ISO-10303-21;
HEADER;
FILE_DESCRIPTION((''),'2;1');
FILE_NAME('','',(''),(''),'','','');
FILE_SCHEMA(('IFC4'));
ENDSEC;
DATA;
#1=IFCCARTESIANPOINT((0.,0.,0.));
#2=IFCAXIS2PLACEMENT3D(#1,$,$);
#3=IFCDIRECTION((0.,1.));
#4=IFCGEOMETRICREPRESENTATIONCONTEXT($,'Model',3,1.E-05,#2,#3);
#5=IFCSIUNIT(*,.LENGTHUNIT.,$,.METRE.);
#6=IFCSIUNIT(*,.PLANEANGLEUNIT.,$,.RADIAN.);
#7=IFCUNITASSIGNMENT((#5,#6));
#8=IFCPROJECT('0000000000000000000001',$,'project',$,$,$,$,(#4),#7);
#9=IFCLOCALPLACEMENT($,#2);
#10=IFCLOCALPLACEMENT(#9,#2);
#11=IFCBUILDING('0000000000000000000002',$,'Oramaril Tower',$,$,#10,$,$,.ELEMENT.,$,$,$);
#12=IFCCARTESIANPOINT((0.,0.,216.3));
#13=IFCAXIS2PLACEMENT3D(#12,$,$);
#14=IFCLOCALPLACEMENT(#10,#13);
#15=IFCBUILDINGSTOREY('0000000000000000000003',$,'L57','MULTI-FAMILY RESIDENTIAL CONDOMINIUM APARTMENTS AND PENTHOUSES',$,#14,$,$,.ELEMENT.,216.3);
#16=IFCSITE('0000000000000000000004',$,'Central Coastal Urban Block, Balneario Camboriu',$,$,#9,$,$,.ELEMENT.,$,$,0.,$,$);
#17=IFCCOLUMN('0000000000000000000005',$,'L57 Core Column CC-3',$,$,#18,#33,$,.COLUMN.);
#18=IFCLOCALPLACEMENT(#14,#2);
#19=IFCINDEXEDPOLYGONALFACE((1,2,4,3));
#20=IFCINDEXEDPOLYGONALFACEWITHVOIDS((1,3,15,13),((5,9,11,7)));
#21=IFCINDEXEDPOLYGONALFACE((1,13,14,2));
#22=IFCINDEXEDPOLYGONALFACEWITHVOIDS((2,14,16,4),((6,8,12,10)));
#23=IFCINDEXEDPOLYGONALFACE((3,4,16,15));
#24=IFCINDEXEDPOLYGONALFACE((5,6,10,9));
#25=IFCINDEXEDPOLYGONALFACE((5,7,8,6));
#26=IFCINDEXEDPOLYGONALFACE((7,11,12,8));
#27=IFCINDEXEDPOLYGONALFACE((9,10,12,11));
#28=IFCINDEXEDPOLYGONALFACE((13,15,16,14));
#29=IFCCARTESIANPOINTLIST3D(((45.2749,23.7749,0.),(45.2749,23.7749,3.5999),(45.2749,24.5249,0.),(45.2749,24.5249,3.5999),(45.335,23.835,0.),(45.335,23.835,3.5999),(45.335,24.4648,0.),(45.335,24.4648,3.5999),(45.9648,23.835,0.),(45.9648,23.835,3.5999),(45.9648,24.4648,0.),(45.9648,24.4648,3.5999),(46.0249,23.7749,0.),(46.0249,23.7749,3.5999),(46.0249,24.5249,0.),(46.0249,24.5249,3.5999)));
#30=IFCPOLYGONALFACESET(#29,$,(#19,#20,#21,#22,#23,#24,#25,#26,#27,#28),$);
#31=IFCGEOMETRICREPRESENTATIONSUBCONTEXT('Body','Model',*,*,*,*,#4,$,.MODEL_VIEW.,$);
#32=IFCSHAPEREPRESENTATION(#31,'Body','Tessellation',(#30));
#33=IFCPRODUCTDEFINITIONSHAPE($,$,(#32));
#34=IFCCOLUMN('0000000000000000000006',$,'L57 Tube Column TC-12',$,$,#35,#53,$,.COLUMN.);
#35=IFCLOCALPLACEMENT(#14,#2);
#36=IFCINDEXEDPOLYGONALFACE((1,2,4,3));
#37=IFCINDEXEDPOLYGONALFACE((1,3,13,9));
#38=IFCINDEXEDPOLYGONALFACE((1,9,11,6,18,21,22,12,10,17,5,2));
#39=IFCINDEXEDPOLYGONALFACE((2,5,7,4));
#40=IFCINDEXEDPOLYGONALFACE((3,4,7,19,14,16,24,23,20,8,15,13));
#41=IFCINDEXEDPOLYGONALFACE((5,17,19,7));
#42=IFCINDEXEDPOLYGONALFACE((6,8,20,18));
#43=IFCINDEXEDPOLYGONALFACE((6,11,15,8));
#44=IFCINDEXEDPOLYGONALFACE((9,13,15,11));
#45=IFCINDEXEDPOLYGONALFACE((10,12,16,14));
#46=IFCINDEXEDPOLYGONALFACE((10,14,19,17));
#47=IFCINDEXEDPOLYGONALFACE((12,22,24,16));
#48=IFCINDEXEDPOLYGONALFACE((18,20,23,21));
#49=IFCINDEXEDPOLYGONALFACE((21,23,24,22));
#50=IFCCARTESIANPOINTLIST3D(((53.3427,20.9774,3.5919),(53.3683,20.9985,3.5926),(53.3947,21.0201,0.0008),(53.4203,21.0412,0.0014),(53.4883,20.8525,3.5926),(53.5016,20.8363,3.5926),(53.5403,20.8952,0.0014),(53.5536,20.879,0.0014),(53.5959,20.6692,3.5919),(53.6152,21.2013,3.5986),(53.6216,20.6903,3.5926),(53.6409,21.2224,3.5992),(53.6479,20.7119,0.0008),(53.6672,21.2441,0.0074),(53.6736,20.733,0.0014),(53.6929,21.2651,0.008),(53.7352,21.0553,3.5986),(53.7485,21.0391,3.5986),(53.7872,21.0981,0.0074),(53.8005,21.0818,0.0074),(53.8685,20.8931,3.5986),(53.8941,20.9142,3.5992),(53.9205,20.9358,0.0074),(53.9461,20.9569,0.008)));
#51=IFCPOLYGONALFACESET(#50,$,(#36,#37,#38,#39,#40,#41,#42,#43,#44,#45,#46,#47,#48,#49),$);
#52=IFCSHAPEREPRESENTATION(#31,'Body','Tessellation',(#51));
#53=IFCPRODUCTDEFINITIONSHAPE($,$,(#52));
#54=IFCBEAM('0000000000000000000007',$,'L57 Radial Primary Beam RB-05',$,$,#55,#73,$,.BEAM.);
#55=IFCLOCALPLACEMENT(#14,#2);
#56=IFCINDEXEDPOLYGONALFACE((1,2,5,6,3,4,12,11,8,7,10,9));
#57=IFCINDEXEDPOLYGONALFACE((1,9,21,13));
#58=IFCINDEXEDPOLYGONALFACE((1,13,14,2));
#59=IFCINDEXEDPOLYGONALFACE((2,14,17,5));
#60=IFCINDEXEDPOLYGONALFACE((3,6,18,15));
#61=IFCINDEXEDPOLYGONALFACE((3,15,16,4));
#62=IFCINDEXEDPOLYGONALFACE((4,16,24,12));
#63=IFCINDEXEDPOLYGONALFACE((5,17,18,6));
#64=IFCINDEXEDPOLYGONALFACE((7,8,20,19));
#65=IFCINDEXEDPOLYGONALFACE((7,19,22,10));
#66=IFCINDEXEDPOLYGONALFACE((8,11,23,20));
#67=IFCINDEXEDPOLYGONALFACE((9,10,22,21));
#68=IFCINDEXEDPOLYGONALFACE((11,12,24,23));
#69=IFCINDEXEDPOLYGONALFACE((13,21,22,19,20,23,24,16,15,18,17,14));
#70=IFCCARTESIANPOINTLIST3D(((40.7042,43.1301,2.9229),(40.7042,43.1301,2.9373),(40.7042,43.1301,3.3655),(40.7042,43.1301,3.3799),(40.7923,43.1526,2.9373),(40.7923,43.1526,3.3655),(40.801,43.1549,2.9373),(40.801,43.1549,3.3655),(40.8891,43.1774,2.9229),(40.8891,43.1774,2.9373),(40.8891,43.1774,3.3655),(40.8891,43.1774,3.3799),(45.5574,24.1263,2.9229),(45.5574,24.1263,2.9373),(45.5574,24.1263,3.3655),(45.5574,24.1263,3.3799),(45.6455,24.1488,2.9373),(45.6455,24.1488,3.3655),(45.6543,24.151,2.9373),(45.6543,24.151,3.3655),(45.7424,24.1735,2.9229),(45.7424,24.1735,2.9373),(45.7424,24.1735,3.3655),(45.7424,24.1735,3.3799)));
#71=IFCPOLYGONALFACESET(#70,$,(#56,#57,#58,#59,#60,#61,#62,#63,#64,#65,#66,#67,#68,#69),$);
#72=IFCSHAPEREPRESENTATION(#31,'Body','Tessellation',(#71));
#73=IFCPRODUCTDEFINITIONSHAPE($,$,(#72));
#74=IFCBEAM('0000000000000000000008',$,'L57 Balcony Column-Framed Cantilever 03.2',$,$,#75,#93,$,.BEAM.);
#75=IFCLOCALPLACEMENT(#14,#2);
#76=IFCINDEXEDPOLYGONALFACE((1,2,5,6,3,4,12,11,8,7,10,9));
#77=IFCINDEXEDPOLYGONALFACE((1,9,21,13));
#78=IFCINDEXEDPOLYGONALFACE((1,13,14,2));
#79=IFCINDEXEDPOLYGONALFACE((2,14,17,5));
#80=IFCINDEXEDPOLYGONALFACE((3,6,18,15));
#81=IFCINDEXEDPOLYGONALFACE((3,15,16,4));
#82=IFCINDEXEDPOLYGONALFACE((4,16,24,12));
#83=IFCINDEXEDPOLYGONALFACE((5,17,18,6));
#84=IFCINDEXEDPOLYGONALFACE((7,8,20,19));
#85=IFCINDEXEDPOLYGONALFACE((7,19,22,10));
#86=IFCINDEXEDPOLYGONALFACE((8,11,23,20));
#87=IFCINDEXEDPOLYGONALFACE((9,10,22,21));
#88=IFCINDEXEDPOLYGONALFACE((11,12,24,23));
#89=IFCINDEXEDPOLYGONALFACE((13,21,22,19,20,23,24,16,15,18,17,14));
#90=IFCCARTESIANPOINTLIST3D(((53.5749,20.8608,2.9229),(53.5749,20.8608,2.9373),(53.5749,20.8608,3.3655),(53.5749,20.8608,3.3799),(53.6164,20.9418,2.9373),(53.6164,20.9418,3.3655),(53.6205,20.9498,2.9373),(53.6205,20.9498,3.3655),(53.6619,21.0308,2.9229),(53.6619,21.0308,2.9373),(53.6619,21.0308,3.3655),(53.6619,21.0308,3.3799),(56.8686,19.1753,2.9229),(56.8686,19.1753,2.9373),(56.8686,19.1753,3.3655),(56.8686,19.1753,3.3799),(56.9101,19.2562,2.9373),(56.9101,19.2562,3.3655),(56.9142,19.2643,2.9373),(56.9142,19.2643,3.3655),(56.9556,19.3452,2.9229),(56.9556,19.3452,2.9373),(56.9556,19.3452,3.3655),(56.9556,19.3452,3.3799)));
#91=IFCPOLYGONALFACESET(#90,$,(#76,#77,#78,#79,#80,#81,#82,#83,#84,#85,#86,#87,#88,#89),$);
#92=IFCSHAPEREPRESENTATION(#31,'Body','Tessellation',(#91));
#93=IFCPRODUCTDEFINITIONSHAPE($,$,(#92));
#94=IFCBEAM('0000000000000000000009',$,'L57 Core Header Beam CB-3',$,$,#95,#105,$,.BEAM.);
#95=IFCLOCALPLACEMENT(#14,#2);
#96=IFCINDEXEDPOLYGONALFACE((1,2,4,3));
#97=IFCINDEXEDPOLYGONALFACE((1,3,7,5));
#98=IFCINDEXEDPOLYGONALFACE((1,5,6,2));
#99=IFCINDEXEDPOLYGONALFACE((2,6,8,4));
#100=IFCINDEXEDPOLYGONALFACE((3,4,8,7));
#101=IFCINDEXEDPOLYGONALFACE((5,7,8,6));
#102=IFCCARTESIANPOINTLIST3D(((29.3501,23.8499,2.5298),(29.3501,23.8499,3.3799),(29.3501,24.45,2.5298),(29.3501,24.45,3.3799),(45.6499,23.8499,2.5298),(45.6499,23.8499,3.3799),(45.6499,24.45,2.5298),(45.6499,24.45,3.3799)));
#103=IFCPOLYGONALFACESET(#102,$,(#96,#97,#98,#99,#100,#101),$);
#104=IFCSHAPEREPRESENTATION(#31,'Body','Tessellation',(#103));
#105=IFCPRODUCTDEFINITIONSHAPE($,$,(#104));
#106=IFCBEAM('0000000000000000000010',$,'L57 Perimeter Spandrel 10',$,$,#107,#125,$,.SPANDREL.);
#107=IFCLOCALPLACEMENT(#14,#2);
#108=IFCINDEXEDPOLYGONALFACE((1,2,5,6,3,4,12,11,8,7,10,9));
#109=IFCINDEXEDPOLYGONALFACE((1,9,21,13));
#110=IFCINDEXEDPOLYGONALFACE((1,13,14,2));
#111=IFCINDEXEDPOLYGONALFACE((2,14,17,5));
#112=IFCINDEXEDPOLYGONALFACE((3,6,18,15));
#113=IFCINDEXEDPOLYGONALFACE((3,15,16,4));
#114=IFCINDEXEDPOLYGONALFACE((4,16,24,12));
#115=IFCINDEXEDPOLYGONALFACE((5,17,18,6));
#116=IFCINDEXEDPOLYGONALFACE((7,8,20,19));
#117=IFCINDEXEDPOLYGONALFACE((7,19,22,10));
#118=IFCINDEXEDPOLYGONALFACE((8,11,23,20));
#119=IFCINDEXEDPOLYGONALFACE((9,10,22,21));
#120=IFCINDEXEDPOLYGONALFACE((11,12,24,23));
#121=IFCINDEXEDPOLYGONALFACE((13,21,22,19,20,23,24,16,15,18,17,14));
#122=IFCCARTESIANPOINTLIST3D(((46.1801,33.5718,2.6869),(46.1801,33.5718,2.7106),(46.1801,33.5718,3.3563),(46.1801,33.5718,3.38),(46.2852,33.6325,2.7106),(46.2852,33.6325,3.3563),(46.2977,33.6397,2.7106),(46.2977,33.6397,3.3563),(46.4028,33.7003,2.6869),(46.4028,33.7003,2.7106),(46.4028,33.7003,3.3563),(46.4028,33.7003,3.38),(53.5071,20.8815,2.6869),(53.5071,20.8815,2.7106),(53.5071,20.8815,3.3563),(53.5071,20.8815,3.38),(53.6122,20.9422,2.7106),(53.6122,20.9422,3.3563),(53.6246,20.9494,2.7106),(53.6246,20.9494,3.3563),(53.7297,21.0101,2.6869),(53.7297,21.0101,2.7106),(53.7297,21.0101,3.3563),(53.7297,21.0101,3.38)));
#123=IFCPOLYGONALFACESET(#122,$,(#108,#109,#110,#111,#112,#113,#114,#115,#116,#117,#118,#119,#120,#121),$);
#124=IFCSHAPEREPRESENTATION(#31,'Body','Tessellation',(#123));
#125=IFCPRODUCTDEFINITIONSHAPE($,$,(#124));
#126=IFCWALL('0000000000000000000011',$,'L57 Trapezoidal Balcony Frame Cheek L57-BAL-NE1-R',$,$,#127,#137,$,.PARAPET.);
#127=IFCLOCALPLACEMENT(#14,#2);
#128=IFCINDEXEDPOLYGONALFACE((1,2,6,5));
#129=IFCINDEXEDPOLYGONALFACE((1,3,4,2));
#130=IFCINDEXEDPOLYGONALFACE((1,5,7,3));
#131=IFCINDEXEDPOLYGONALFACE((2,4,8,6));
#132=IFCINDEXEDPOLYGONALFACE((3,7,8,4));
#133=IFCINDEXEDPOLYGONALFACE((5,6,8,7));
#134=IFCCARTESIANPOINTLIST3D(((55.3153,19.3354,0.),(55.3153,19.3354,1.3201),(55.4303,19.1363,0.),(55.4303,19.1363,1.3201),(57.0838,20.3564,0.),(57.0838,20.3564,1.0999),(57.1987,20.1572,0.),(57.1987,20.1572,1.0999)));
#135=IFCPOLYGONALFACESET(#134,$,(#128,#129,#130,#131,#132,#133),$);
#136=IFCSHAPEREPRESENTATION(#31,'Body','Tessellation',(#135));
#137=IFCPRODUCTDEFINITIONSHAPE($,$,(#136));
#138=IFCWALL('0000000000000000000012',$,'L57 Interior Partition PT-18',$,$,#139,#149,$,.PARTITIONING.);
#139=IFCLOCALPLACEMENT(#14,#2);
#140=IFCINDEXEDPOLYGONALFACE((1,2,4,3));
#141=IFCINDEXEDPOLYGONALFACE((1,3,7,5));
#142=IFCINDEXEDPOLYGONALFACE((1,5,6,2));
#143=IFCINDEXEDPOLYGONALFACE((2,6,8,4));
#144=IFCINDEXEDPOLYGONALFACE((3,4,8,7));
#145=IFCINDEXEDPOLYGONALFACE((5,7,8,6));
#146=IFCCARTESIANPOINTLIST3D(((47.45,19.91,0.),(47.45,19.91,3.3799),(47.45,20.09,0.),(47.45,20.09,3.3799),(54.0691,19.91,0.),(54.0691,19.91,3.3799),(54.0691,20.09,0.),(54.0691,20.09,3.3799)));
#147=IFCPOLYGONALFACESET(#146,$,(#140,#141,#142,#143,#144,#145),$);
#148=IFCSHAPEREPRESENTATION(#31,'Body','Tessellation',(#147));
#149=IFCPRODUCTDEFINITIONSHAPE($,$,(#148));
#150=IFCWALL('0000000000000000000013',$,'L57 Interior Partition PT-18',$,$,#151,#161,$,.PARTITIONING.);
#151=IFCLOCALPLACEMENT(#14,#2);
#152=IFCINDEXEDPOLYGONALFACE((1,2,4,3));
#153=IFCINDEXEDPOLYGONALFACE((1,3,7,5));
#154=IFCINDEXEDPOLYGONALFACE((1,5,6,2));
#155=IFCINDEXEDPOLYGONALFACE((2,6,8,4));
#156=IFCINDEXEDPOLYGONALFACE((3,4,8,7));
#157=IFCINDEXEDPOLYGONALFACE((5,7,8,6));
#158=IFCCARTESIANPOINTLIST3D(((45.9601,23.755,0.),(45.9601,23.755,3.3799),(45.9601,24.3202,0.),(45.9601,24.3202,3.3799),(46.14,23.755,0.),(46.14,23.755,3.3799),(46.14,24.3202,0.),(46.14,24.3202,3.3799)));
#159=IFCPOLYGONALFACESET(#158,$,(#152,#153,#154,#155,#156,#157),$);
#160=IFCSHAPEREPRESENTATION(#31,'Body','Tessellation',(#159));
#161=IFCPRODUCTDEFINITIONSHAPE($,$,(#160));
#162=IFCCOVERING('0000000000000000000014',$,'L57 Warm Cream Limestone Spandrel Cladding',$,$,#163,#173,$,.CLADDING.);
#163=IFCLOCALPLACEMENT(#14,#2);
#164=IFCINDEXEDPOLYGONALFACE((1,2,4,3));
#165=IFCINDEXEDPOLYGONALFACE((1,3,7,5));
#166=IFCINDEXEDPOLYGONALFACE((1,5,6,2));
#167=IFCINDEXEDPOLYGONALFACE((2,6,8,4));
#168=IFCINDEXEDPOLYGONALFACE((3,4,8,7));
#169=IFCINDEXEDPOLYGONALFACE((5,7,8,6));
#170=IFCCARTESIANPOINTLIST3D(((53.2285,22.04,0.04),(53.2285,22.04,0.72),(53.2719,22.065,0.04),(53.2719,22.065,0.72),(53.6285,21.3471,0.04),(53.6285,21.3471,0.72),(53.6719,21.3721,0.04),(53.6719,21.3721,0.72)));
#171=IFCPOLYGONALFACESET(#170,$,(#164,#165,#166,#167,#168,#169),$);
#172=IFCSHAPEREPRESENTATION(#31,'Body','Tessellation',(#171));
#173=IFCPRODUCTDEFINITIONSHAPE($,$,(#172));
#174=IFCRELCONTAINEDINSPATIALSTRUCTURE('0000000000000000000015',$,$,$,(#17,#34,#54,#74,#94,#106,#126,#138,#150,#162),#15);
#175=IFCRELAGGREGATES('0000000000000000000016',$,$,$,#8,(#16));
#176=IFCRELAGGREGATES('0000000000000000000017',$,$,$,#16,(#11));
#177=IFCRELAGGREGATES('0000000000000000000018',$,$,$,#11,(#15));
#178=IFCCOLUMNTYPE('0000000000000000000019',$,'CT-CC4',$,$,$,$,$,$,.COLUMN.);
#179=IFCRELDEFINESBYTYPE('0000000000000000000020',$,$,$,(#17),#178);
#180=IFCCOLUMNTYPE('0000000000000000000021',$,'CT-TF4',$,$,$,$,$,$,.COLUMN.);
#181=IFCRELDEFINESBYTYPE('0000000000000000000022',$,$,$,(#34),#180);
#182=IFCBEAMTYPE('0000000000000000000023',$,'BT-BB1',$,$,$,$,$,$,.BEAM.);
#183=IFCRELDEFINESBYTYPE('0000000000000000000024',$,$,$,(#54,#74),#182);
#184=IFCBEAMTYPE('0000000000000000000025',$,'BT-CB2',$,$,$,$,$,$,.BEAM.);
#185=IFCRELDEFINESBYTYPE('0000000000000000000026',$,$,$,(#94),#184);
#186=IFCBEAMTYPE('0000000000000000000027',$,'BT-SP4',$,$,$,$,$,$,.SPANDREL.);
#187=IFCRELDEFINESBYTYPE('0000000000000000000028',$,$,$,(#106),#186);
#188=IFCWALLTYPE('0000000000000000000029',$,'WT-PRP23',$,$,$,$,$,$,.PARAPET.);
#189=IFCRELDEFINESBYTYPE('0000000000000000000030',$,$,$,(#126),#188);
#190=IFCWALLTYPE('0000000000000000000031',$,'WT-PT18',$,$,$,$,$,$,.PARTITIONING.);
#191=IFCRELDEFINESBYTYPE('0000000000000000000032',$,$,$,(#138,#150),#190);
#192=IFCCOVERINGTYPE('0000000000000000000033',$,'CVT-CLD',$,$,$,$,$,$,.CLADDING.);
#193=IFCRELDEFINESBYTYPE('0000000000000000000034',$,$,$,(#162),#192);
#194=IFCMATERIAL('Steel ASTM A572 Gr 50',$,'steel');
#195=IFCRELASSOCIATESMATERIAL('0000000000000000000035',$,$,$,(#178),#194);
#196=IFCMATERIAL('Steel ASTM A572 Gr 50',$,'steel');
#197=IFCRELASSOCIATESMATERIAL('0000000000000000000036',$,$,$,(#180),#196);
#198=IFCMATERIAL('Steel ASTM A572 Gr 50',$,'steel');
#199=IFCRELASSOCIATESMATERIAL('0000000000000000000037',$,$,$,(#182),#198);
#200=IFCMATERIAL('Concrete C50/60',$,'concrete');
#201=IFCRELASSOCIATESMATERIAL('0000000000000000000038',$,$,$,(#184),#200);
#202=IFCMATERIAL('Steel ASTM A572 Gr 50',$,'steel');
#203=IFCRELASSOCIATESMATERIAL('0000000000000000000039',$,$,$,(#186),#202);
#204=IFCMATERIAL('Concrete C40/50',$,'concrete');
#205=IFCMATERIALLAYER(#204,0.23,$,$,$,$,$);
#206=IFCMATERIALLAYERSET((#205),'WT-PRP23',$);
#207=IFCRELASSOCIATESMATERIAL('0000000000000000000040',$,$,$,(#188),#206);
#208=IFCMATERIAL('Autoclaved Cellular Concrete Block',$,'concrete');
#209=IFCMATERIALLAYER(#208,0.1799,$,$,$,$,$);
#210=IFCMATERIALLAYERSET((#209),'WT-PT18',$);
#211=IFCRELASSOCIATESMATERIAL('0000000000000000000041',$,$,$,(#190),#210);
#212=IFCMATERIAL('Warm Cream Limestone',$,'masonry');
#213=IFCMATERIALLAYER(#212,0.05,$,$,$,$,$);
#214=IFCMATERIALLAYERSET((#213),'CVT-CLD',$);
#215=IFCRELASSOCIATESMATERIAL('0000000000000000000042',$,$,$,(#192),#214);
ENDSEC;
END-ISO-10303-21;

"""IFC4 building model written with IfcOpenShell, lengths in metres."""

from ifc_helpers import new_model, si_unit, direction, frame, frame_2d, origin, origin_2d, place, context, subcontext, project, spatial, polyline, rectangle, hollow_rectangle, i_section, outline, extrude, material, layer, layer_set, material_profile, profile_set, type_object, element, save


model = new_model("IFC4")

# Units and contexts
model_context = context("Model", 3, precision=1e-05, world=origin(), true_north=direction((0.0, 1.0)))
body_context = subcontext(model_context, "Body", "Model", "MODEL_VIEW")
ifc_project = project(units=[si_unit("LENGTHUNIT", "METRE"), si_unit("PLANEANGLEUNIT", "RADIAN")], contexts=[model_context])

# Site, building, storey
site_placement = place(None, origin())
site = spatial("IfcSite", under=ifc_project, at=site_placement, Name="Central Coastal Urban Block, Balneario Camboriu", CompositionType="ELEMENT", RefElevation=0.0)
building_placement = place(site_placement, origin())
building = spatial("IfcBuilding", under=site, at=building_placement, Name="Oramaril Tower", CompositionType="ELEMENT")
storey_placement = place(building_placement, frame((0.0, 0.0, 216.3)))
storey = spatial("IfcBuildingStorey", under=building, at=storey_placement, Name="L57", Description="MULTI-FAMILY RESIDENTIAL CONDOMINIUM APARTMENTS AND PENTHOUSES", CompositionType="ELEMENT", Elevation=216.3)

# Columns
ifc_material_1 = material(Name="Steel ASTM A572 Gr 50", Category="steel")
ifc_material_profile_1 = material_profile(ifc_material_1, hollow_rectangle(XDim=0.75, YDim=0.75, WallThickness=0.0601, at=origin_2d()), Name="BOX750X750X60")
ifc_profile_set_1 = profile_set([ifc_material_profile_1], Name="Steel ASTM A572 Gr 50")
column_type_1 = type_object("IfcColumnType", Name="CT-CC4", PredefinedType="COLUMN", material=ifc_profile_set_1)
column_1_placement = place(storey_placement, frame((45.6499, 24.1499, 0.0), z_axis=(0.0, 0.0, 1.0), x_axis=(1.0, 0.0, 0.0)))
element("IfcColumn", 1, at=column_1_placement, inside=storey, type_object=column_type_1, Name="L57 Core Column CC-3", PredefinedType="COLUMN", context=body_context, shape_type="SweptSolid", body=[
    extrude(hollow_rectangle(XDim=0.75, YDim=0.75, WallThickness=0.0601, at=origin_2d()), origin(), (0.0, 0.0, 1.0), 3.5999),
])
ifc_material_2 = material(Name="Steel ASTM A572 Gr 50", Category="steel")
ifc_material_profile_2 = material_profile(ifc_material_2, i_section(OverallWidth=0.3989, OverallDepth=0.386, WebThickness=0.021, FlangeThickness=0.0332, at=origin_2d()), Name="W14X176")
ifc_profile_set_2 = profile_set([ifc_material_profile_2], Name="Steel ASTM A572 Gr 50")
column_type_2 = type_object("IfcColumnType", Name="CT-TF4", PredefinedType="COLUMN", material=ifc_profile_set_2)
column_2_placement = place(storey_placement, frame((53.6704, 20.9885, 0.0044), z_axis=(-0.014478, -0.011895, 0.999824), x_axis=(0.634817, -0.772663, 0.0)))
element("IfcColumn", 2, at=column_2_placement, inside=storey, type_object=column_type_2, Name="L57 Tube Column TC-12", PredefinedType="COLUMN", context=body_context, shape_type="SweptSolid", body=[
    extrude(i_section(OverallWidth=0.3989, OverallDepth=0.386, WebThickness=0.021, FlangeThickness=0.0332, at=origin_2d()), origin(), (0.0, 0.0, 1.0), 3.5918),
])

# Beams
ifc_material_3 = material(Name="Steel ASTM A572 Gr 50", Category="steel")
ifc_material_profile_3 = material_profile(ifc_material_3, i_section(OverallWidth=0.1909, OverallDepth=0.457, WebThickness=0.009, FlangeThickness=0.0144, at=origin_2d()), Name="W18X50")
ifc_profile_set_3 = profile_set([ifc_material_profile_3], Name="Steel ASTM A572 Gr 50")
beam_type_1 = type_object("IfcBeamType", Name="BT-BB1", PredefinedType="BEAM", material=ifc_profile_set_3)
beam_1_placement = place(storey_placement, frame((45.6499, 24.1499, 3.1514), z_axis=(-0.247441, 0.968903, 0.0), x_axis=(-0.968903, -0.247441, 0.0)))
element("IfcBeam", 3, at=beam_1_placement, inside=storey, type_object=beam_type_1, Name="L57 Radial Primary Beam RB-05", PredefinedType="BEAM", context=body_context, shape_type="SweptSolid", body=[
    extrude(i_section(OverallWidth=0.1909, OverallDepth=0.457, WebThickness=0.009, FlangeThickness=0.0144, at=origin_2d()), origin(), (0.0, 0.0, 1.0), 19.6138),
])
beam_2_placement = place(storey_placement, frame((53.6184, 20.9458, 3.1514), z_axis=(0.890205, -0.455561, 0.0), x_axis=(0.455561, 0.890205, 0.0)))
element("IfcBeam", 4, at=beam_2_placement, inside=storey, type_object=beam_type_1, Name="L57 Balcony Column-Framed Cantilever 03.2", PredefinedType="BEAM", context=body_context, shape_type="SweptSolid", body=[
    extrude(i_section(OverallWidth=0.1909, OverallDepth=0.457, WebThickness=0.009, FlangeThickness=0.0144, at=origin_2d()), origin(), (0.0, 0.0, 1.0), 3.7),
])
ifc_material_4 = material(Name="Concrete C50/60", Category="concrete")
ifc_material_profile_4 = material_profile(ifc_material_4, rectangle(XDim=0.6001, YDim=0.8501, at=origin_2d()), Name="CB600X850")
ifc_profile_set_4 = profile_set([ifc_material_profile_4], Name="Concrete C50/60")
beam_type_2 = type_object("IfcBeamType", Name="BT-CB2", PredefinedType="BEAM", material=ifc_profile_set_4)
beam_3_placement = place(storey_placement, frame((45.6499, 24.1499, 2.9548), z_axis=(-1.0, 0.0, 0.0), x_axis=(0.0, -1.0, 0.0)))
element("IfcBeam", 5, at=beam_3_placement, inside=storey, type_object=beam_type_2, Name="L57 Core Header Beam CB-3", PredefinedType="BEAM", context=body_context, shape_type="SweptSolid", body=[
    extrude(rectangle(XDim=0.6001, YDim=0.8501, at=origin_2d()), origin(), (0.0, 0.0, 1.0), 16.2998),
])
ifc_material_5 = material(Name="Steel ASTM A572 Gr 50", Category="steel")
ifc_material_profile_5 = material_profile(ifc_material_5, i_section(OverallWidth=0.2571, OverallDepth=0.6931, WebThickness=0.0144, FlangeThickness=0.0237, at=origin_2d()), Name="W27X114")
ifc_profile_set_5 = profile_set([ifc_material_profile_5], Name="Steel ASTM A572 Gr 50")
beam_type_3 = type_object("IfcBeamType", Name="BT-SP4", PredefinedType="SPANDREL", material=ifc_profile_set_5)
beam_4_placement = place(storey_placement, frame((53.6184, 20.9458, 3.0334), z_axis=(-0.500011, 0.866019, 0.0), x_axis=(-0.866019, -0.500011, 0.0)))
element("IfcBeam", 6, at=beam_4_placement, inside=storey, type_object=beam_type_3, Name="L57 Perimeter Spandrel 10", PredefinedType="SPANDREL", context=body_context, shape_type="SweptSolid", body=[
    extrude(i_section(OverallWidth=0.2571, OverallDepth=0.6931, WebThickness=0.0144, FlangeThickness=0.0237, at=origin_2d()), origin(), (0.0, 0.0, 1.0), 14.6536),
])

# Walls
ifc_material_6 = material(Name="Concrete C40/50", Category="concrete")
ifc_layer_1 = layer(ifc_material_6, 0.23)
ifc_layer_set_1 = layer_set([ifc_layer_1], Name="WT-PRP23")
wall_type_1 = type_object("IfcWallType", Name="WT-PRP23", PredefinedType="PARAPET", material=ifc_layer_set_1)
wall_1_placement = place(storey_placement, frame((55.3728, 19.2358, 0.0), z_axis=(0.0, 0.0, 1.0), x_axis=(0.866042, 0.499971, 0.0)))
element("IfcWall", 7, at=wall_1_placement, inside=storey, type_object=wall_type_1, Name="L57 Trapezoidal Balcony Frame Cheek L57-BAL-NE1-R", PredefinedType="PARAPET", context=body_context, shape_type="SweptSolid", body=[
    extrude(outline(polyline([(0.0, 0.0), (2.042, 0.0), (2.042, 1.0999), (0.0, 1.3201), (0.0, 0.0)])), frame((0.0, 0.115, 0.0), z_axis=(0.0, -1.0, 0.0), x_axis=(1.0, 0.0, 0.0)), (0.0, 0.0, 1.0), 0.23),
])
ifc_material_7 = material(Name="Autoclaved Cellular Concrete Block", Category="concrete")
ifc_layer_2 = layer(ifc_material_7, 0.1799)
ifc_layer_set_2 = layer_set([ifc_layer_2], Name="WT-PT18")
wall_type_2 = type_object("IfcWallType", Name="WT-PT18", PredefinedType="PARTITIONING", material=ifc_layer_set_2)
wall_2_placement = place(storey_placement, frame((47.45, 20.0, 0.0), z_axis=(0.0, 0.0, 1.0), x_axis=(1.0, 0.0, 0.0)))
element("IfcWall", 8, at=wall_2_placement, inside=storey, type_object=wall_type_2, Name="L57 Interior Partition PT-18", PredefinedType="PARTITIONING", context=body_context, shape_type="SweptSolid", body=[
    extrude(rectangle(XDim=6.6191, YDim=0.1799, at=frame_2d((3.3096, 0.0))), origin(), (0.0, 0.0, 1.0), 3.3799),
])
wall_3_placement = place(storey_placement, frame((46.05, 23.7549, 0.0), z_axis=(0.0, 0.0, 1.0), x_axis=(0.0, 1.0, 0.0)))
element("IfcWall", 9, at=wall_3_placement, inside=storey, type_object=wall_type_2, Name="L57 Interior Partition PT-18", PredefinedType="PARTITIONING", context=body_context, shape_type="SweptSolid", body=[
    extrude(rectangle(XDim=0.5652, YDim=0.1799, at=frame_2d((0.2827, 0.0))), origin(), (0.0, 0.0, 1.0), 3.3799),
])

# Covering
ifc_material_8 = material(Name="Warm Cream Limestone", Category="masonry")
ifc_layer_3 = layer(ifc_material_8, 0.05)
ifc_layer_set_3 = layer_set([ifc_layer_3], Name="CVT-CLD")
covering_type = type_object("IfcCoveringType", Name="CVT-CLD", PredefinedType="CLADDING", material=ifc_layer_set_3)
covering_placement = place(storey_placement, frame((53.4502, 21.7061, 0.04), z_axis=(0.0, 0.0, 1.0), x_axis=(-0.500002, 0.866025, 0.0)))
element("IfcCovering", 10, at=covering_placement, inside=storey, type_object=covering_type, Name="L57 Warm Cream Limestone Spandrel Cladding", PredefinedType="CLADDING", context=body_context, shape_type="SweptSolid", body=[
    extrude(rectangle(XDim=0.8, YDim=0.05, at=origin_2d()), origin(), (0.0, 0.0, 1.0), 0.6799),
])

save(model, "model.ifc")
